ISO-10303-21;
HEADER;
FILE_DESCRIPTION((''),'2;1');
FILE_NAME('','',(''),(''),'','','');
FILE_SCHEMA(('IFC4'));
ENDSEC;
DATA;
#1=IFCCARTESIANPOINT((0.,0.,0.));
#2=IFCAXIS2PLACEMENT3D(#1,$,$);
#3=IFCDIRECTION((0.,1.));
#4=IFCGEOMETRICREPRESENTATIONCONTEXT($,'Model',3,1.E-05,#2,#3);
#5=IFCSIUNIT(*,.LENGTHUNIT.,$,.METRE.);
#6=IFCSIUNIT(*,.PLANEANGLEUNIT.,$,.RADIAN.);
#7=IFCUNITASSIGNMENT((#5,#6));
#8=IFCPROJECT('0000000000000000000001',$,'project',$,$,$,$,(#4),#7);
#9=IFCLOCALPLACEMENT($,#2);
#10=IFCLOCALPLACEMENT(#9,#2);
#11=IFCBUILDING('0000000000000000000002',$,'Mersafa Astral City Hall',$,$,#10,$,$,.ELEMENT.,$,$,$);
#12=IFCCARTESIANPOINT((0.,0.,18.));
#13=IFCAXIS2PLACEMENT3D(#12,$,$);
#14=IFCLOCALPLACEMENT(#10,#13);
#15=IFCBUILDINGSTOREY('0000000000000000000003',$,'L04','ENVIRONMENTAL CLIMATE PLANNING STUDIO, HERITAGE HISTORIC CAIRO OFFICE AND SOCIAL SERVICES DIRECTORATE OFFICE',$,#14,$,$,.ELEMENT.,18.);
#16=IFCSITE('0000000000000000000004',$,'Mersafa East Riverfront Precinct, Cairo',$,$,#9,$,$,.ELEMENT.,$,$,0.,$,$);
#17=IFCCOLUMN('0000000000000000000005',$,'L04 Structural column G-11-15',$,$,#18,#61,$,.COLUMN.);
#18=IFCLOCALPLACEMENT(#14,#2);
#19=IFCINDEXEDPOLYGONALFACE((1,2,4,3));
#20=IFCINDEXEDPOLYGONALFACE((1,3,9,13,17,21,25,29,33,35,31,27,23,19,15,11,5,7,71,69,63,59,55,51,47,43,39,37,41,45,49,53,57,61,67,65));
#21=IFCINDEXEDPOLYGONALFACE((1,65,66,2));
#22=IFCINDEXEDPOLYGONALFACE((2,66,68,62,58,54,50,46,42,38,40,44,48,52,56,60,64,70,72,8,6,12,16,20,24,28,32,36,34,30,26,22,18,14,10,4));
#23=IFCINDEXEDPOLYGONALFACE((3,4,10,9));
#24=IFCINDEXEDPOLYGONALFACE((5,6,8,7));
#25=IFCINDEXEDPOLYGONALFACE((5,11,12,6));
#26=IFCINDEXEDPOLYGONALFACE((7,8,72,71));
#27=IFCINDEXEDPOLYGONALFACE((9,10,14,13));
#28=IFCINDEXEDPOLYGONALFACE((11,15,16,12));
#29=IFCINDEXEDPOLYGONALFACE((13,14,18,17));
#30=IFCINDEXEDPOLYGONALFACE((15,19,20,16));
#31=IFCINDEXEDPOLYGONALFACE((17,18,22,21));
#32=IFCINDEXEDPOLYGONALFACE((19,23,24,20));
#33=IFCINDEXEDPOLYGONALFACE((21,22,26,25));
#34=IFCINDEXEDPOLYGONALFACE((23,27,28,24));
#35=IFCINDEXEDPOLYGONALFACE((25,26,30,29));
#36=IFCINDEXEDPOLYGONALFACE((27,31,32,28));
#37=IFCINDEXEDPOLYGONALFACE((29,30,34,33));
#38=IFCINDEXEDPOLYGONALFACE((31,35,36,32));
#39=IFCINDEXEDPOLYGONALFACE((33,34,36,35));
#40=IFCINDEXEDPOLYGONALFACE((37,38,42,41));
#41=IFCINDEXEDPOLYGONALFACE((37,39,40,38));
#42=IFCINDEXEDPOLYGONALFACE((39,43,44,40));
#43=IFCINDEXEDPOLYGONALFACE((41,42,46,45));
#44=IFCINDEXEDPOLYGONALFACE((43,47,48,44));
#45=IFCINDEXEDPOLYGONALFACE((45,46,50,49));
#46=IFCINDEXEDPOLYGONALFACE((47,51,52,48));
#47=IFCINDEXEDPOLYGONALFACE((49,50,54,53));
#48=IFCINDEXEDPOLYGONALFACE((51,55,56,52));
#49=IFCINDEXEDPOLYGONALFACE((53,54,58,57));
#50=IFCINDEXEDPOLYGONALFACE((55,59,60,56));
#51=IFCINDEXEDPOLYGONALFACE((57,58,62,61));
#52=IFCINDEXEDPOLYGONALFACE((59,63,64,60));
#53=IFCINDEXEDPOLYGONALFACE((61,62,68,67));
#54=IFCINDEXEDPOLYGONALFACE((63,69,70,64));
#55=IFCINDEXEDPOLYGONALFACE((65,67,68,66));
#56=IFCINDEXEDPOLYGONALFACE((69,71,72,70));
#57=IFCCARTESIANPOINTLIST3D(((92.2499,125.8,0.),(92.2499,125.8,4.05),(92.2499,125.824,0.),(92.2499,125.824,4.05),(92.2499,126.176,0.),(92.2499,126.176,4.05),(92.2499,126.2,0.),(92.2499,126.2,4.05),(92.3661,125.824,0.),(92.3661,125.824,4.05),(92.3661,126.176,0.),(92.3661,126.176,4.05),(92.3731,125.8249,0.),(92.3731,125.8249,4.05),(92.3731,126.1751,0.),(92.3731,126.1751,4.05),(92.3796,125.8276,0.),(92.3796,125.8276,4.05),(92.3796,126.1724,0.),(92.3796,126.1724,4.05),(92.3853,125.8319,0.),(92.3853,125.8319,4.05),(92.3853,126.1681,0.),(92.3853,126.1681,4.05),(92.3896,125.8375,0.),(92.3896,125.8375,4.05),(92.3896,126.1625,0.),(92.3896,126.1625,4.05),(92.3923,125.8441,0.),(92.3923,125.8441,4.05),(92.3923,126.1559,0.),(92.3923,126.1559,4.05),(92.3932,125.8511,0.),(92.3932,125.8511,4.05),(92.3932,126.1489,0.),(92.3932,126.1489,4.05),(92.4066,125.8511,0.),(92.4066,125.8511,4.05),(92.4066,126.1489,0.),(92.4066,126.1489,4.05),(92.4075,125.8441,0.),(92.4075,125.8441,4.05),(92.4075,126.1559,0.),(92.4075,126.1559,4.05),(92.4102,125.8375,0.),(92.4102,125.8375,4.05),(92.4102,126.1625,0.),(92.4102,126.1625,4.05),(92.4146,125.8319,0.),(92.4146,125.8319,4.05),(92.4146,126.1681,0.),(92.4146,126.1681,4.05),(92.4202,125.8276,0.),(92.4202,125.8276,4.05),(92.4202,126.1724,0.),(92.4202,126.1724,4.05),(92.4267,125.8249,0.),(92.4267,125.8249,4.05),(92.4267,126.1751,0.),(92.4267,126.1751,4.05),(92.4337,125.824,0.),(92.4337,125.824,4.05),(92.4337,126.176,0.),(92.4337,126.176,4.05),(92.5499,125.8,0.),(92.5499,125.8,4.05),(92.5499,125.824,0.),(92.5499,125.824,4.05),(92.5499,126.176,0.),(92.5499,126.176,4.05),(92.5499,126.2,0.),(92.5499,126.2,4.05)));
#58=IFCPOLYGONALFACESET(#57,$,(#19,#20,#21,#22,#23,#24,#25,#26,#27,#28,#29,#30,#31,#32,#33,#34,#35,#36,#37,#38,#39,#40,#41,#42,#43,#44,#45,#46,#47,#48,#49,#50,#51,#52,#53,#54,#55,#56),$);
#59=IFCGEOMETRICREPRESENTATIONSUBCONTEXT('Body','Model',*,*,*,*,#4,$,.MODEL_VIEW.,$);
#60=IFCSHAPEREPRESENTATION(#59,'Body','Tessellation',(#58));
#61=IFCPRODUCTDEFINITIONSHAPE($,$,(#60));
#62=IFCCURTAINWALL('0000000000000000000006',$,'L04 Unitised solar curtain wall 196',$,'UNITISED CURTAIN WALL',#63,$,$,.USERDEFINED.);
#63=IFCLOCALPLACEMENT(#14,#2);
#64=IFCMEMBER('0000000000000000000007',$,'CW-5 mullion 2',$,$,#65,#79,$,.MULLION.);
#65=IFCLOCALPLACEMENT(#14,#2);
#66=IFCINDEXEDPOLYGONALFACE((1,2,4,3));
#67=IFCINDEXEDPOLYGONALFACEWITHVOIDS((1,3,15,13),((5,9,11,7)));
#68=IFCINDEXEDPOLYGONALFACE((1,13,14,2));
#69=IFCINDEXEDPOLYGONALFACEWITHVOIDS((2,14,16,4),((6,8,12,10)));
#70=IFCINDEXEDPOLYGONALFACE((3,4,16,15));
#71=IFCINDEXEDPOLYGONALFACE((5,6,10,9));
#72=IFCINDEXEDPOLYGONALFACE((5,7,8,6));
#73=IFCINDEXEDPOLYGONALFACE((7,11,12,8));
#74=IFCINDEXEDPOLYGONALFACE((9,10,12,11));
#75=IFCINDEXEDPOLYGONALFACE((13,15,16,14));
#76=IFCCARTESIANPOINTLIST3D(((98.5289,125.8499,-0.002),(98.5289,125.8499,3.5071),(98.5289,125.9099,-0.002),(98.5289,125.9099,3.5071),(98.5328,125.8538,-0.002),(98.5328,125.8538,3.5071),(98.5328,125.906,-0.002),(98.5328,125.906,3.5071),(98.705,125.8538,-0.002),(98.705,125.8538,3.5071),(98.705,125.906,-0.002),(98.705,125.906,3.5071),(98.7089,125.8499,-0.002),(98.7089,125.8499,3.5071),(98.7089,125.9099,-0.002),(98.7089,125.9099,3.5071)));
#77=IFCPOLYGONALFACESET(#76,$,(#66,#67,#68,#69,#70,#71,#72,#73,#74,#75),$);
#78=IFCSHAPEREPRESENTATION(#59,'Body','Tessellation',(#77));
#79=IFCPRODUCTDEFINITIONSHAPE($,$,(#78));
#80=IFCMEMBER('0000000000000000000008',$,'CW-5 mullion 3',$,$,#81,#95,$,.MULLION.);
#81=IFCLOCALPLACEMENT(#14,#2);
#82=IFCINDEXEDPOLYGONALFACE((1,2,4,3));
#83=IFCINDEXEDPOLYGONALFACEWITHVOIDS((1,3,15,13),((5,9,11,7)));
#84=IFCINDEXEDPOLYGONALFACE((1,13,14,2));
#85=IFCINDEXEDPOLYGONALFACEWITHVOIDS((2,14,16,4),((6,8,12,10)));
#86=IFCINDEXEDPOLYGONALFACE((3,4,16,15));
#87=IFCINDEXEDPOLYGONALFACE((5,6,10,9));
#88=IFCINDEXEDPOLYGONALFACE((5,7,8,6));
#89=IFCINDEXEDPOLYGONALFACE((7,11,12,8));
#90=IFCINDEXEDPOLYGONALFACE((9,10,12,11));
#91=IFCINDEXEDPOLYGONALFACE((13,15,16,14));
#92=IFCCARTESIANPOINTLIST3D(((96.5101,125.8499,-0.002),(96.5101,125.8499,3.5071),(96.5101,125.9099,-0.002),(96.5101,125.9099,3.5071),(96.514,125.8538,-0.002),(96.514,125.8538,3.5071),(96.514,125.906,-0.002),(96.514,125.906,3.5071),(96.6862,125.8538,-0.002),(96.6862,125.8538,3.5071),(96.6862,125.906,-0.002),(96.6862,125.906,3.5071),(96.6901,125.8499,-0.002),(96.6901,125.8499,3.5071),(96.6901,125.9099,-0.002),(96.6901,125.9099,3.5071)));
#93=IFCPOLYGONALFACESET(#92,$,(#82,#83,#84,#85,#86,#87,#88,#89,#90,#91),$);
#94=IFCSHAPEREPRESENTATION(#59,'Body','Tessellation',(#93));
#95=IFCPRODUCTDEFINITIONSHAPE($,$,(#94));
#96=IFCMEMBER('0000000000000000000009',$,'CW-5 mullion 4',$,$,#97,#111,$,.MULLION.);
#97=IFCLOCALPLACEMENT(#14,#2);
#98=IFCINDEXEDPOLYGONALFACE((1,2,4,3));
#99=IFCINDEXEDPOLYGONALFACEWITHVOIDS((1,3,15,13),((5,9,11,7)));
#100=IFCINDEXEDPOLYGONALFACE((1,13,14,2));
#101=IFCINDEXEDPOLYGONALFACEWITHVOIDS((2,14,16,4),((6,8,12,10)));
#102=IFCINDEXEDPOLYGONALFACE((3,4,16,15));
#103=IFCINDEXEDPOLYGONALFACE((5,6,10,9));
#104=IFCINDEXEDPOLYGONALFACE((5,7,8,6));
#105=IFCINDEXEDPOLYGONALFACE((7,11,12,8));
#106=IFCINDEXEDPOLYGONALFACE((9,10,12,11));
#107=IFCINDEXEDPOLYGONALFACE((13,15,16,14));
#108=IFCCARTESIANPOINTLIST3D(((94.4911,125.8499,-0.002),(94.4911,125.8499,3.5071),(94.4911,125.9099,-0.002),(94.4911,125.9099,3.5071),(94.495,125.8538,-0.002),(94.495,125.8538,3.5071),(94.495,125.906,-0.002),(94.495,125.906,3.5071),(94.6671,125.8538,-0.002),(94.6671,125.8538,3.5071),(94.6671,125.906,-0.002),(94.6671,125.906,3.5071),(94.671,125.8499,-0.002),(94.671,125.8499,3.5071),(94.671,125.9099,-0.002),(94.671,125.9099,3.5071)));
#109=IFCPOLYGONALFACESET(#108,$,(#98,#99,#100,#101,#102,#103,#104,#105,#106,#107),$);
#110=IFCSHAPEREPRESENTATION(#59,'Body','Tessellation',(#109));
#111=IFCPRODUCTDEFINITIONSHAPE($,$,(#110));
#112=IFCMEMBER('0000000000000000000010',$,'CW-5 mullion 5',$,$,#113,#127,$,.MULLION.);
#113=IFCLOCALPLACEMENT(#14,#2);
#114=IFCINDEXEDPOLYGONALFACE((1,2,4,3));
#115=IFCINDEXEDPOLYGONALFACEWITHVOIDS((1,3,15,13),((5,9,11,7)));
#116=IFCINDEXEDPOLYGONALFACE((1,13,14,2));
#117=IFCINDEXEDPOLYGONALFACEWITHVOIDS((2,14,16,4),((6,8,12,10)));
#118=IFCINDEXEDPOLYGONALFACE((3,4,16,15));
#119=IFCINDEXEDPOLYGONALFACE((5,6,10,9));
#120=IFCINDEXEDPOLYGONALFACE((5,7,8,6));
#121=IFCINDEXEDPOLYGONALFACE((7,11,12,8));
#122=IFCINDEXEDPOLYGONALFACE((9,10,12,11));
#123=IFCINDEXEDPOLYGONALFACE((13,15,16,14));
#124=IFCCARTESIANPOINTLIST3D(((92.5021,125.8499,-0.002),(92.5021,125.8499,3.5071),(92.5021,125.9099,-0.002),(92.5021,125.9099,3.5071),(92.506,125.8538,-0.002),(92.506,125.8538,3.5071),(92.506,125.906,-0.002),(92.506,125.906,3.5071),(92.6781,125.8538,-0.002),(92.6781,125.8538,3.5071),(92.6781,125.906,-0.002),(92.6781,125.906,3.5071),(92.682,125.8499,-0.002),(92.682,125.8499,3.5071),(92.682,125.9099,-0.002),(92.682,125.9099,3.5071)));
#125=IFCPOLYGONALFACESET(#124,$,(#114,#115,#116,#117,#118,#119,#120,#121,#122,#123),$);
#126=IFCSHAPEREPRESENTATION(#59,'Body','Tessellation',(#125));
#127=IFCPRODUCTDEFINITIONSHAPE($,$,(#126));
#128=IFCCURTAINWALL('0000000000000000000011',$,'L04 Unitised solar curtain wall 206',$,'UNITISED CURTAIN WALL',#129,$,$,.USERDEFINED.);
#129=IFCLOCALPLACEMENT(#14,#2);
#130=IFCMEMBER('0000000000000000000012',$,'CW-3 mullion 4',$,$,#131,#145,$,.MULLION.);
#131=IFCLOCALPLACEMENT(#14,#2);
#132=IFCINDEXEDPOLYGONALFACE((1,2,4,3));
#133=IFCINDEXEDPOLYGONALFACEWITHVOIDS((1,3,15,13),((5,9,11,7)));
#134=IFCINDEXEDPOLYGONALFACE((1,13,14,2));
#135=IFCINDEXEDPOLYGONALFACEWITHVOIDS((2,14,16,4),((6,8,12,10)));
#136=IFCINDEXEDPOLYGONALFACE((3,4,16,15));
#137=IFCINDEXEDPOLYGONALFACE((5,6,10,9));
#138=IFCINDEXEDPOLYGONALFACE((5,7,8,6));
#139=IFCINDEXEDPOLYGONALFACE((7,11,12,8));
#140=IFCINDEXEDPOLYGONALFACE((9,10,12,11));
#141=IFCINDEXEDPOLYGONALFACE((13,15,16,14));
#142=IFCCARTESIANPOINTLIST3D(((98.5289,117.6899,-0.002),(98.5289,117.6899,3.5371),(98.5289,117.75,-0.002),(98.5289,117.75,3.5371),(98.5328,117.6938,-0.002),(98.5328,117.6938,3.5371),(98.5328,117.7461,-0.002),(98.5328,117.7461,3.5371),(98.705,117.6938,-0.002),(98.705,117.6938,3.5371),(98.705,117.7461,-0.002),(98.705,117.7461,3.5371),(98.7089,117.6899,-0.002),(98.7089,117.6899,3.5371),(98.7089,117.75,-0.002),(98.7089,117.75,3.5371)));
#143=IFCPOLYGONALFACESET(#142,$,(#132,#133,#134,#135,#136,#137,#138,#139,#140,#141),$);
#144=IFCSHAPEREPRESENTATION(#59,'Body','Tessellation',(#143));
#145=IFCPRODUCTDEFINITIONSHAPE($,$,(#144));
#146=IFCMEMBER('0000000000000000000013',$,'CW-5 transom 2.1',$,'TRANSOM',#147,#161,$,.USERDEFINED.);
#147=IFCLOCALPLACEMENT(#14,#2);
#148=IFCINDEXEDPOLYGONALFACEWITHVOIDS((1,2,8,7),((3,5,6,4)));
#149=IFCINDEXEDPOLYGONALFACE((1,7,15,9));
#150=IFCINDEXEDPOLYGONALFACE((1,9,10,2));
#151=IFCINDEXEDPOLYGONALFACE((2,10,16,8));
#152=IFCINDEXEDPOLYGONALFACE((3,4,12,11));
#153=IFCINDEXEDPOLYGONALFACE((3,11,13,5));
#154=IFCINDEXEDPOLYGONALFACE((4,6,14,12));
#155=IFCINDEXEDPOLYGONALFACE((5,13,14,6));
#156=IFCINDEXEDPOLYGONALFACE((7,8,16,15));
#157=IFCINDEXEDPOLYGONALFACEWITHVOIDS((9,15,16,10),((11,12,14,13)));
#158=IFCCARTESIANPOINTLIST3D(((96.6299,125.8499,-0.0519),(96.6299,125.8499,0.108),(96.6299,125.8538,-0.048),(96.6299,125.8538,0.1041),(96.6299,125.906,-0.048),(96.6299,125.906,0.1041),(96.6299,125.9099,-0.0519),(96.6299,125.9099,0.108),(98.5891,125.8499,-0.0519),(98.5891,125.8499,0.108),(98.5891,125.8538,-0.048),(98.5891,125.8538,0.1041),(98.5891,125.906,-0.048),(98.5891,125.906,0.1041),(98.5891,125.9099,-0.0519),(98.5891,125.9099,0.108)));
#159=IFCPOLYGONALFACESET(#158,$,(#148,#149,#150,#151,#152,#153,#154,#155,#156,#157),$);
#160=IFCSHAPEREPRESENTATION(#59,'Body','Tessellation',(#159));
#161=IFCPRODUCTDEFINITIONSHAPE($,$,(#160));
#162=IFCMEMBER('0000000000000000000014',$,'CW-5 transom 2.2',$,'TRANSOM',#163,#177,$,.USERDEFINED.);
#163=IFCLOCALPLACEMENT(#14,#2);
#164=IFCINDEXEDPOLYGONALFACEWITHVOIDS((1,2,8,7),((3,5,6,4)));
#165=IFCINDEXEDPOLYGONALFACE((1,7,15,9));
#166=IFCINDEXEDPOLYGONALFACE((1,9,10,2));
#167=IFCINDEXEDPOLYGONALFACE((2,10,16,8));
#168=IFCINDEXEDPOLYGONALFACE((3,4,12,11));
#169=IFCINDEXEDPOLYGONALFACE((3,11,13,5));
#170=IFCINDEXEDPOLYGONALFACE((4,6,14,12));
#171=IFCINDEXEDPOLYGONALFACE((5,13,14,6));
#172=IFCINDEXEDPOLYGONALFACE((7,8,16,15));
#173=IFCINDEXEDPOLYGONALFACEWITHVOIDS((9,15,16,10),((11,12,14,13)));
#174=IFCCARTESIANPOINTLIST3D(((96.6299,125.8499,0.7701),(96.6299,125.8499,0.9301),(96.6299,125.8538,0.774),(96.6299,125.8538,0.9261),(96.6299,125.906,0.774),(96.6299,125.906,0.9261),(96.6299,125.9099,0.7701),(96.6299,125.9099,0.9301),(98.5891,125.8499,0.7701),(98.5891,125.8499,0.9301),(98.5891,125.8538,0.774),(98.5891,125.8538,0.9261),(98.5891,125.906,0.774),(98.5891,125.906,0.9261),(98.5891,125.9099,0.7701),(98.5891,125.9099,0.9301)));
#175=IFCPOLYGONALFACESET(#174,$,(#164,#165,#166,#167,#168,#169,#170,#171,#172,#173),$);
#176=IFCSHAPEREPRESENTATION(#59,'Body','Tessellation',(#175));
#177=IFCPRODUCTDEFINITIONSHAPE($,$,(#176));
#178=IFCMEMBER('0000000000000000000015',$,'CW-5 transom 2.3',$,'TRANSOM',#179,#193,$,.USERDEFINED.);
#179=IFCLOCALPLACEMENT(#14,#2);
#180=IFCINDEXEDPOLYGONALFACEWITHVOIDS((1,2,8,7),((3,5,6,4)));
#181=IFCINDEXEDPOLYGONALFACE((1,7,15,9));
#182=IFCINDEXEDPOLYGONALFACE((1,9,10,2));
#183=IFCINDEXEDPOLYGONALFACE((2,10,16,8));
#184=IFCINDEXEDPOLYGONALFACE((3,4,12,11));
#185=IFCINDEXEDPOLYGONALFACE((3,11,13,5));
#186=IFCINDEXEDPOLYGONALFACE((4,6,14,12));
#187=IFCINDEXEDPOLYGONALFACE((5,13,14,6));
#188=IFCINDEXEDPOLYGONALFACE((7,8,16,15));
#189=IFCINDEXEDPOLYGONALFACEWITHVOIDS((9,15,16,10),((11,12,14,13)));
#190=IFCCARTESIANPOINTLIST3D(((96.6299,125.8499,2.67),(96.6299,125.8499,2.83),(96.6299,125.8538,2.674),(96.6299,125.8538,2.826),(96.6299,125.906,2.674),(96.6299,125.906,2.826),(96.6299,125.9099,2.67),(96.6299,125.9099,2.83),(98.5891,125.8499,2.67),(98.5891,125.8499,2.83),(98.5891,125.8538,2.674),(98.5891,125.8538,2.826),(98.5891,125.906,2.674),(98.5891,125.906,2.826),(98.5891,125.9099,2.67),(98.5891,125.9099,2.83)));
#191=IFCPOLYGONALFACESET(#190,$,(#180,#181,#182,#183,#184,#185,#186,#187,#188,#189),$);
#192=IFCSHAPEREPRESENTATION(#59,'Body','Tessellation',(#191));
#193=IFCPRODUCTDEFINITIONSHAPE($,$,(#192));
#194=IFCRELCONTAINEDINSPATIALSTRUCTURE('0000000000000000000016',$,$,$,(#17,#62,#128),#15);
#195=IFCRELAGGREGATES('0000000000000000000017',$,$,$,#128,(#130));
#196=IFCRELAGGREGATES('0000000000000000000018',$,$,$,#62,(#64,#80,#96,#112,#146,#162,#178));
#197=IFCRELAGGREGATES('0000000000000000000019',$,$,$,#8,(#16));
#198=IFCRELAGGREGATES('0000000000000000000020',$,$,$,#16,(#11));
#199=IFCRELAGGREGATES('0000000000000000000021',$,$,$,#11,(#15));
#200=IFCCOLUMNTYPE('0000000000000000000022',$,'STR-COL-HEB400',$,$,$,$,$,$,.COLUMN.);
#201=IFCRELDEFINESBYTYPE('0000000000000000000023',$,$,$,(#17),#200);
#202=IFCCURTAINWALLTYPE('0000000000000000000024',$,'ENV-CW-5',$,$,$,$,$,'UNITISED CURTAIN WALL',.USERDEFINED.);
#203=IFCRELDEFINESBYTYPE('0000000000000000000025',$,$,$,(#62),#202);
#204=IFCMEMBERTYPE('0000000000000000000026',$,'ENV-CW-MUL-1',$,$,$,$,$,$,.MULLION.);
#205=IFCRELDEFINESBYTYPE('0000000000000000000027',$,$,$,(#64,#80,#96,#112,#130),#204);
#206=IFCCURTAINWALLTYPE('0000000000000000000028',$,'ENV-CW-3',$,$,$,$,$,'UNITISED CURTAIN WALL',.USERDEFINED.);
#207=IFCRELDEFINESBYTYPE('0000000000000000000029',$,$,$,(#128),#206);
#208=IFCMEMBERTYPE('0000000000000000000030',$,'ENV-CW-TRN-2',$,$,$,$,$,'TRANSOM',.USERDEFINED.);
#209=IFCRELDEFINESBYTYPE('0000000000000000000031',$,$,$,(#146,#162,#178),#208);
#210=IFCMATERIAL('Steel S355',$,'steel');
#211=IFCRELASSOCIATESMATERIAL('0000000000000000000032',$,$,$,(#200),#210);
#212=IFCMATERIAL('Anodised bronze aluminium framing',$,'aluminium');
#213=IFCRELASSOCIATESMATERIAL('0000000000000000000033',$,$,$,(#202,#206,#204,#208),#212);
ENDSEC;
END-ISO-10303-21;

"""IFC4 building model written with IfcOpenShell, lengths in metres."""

from ifc_helpers import new_model, si_unit, direction, frame, origin, origin_2d, place, context, subcontext, project, spatial, hollow_rectangle, i_section, extrude, material, material_profile, profile_set, type_object, element, aggregate, save


model = new_model("IFC4")

# Units and contexts
model_context = context("Model", 3, precision=1e-05, world=origin(), true_north=direction((0.0, 1.0)))
body_context = subcontext(model_context, "Body", "Model", "MODEL_VIEW")
ifc_project = project(units=[si_unit("LENGTHUNIT", "METRE"), si_unit("PLANEANGLEUNIT", "RADIAN")], contexts=[model_context])

# Site, building, storey
site_placement = place(None, origin())
site = spatial("IfcSite", under=ifc_project, at=site_placement, Name="Mersafa East Riverfront Precinct, Cairo", CompositionType="ELEMENT", RefElevation=0.0)
building_placement = place(site_placement, origin())
building = spatial("IfcBuilding", under=site, at=building_placement, Name="Mersafa Astral City Hall", CompositionType="ELEMENT")
storey_placement = place(building_placement, frame((0.0, 0.0, 18.0)))
storey = spatial("IfcBuildingStorey", under=building, at=storey_placement, Name="L04", Description="ENVIRONMENTAL CLIMATE PLANNING STUDIO, HERITAGE HISTORIC CAIRO OFFICE AND SOCIAL SERVICES DIRECTORATE OFFICE", CompositionType="ELEMENT", Elevation=18.0)

# Column
ifc_material_1 = material(Name="Steel S355", Category="steel")
ifc_material_profile_1 = material_profile(ifc_material_1, i_section(OverallWidth=0.3, OverallDepth=0.3999, WebThickness=0.0134, FlangeThickness=0.0239, FilletRadius=0.0271, at=origin_2d()), Name="HEB 400")
ifc_profile_set_1 = profile_set([ifc_material_profile_1], Name="Steel S355")
column_type = type_object("IfcColumnType", Name="STR-COL-HEB400", PredefinedType="COLUMN", material=ifc_profile_set_1)
column_placement = place(storey_placement, frame((92.3999, 126.0, 0.0), z_axis=(0.0, 0.0, 1.0), x_axis=(1.0, 0.0, 0.0)))
element("IfcColumn", 1, at=column_placement, inside=storey, type_object=column_type, Name="L04 Structural column G-11-15", PredefinedType="COLUMN", context=body_context, shape_type="SweptSolid", body=[
    extrude(i_section(OverallWidth=0.3, OverallDepth=0.3999, WebThickness=0.0134, FlangeThickness=0.0239, FilletRadius=0.0271, at=origin_2d()), origin(), (0.0, 0.0, 1.0), 4.05),
])

# Curtain wall, members
ifc_material_2 = material(Name="Anodised bronze aluminium framing", Category="aluminium")
curtain_wall_type_1 = type_object("IfcCurtainWallType", Name="ENV-CW-5", ElementType="UNITISED CURTAIN WALL", PredefinedType="USERDEFINED", material=ifc_material_2)
curtain_wall_1_placement = place(storey_placement, origin())
curtain_wall_1 = element("IfcCurtainWall", 2, at=curtain_wall_1_placement, inside=storey, type_object=curtain_wall_type_1, Name="L04 Unitised solar curtain wall 196", ObjectType="UNITISED CURTAIN WALL", PredefinedType="USERDEFINED")
ifc_material_profile_2 = material_profile(ifc_material_2, hollow_rectangle(XDim=0.0601, YDim=0.1799, WallThickness=0.0039, at=origin_2d()), Name="RHS 60x180x4")
ifc_profile_set_2 = profile_set([ifc_material_profile_2], Name="Anodised bronze aluminium framing")
member_type_1 = type_object("IfcMemberType", Name="ENV-CW-MUL-1", PredefinedType="MULLION", material=ifc_profile_set_2)
member_1_placement = place(storey_placement, frame((98.6189, 125.8799, -0.002), z_axis=(0.0, 0.0, 1.0), x_axis=(0.0, -1.0, 0.0)))
member_1 = element("IfcMember", 3, at=member_1_placement, type_object=member_type_1, Name="CW-5 mullion 2", PredefinedType="MULLION", context=body_context, shape_type="SweptSolid", body=[
    extrude(hollow_rectangle(XDim=0.0601, YDim=0.1799, WallThickness=0.0039, at=origin_2d()), origin(), (0.0, 0.0, 1.0), 3.509),
])
member_2_placement = place(storey_placement, frame((96.6001, 125.8799, -0.002), z_axis=(0.0, 0.0, 1.0), x_axis=(0.0, -1.0, 0.0)))
member_2 = element("IfcMember", 4, at=member_2_placement, type_object=member_type_1, Name="CW-5 mullion 3", PredefinedType="MULLION", context=body_context, shape_type="SweptSolid", body=[
    extrude(hollow_rectangle(XDim=0.0601, YDim=0.1799, WallThickness=0.0039, at=origin_2d()), origin(), (0.0, 0.0, 1.0), 3.509),
])
member_3_placement = place(storey_placement, frame((94.5811, 125.8799, -0.002), z_axis=(0.0, 0.0, 1.0), x_axis=(0.0, -1.0, 0.0)))
member_3 = element("IfcMember", 5, at=member_3_placement, type_object=member_type_1, Name="CW-5 mullion 4", PredefinedType="MULLION", context=body_context, shape_type="SweptSolid", body=[
    extrude(hollow_rectangle(XDim=0.0601, YDim=0.1799, WallThickness=0.0039, at=origin_2d()), origin(), (0.0, 0.0, 1.0), 3.509),
])
member_4_placement = place(storey_placement, frame((92.592, 125.8799, -0.002), z_axis=(0.0, 0.0, 1.0), x_axis=(0.0, -1.0, 0.0)))
member_4 = element("IfcMember", 6, at=member_4_placement, type_object=member_type_1, Name="CW-5 mullion 5", PredefinedType="MULLION", context=body_context, shape_type="SweptSolid", body=[
    extrude(hollow_rectangle(XDim=0.0601, YDim=0.1799, WallThickness=0.0039, at=origin_2d()), origin(), (0.0, 0.0, 1.0), 3.509),
])

# Curtain wall, member
curtain_wall_type_2 = type_object("IfcCurtainWallType", Name="ENV-CW-3", ElementType="UNITISED CURTAIN WALL", PredefinedType="USERDEFINED", material=ifc_material_2)
curtain_wall_2_placement = place(storey_placement, origin())
curtain_wall_2 = element("IfcCurtainWall", 7, at=curtain_wall_2_placement, inside=storey, type_object=curtain_wall_type_2, Name="L04 Unitised solar curtain wall 206", ObjectType="UNITISED CURTAIN WALL", PredefinedType="USERDEFINED")
member_5_placement = place(storey_placement, frame((98.6189, 117.72, -0.002), z_axis=(0.0, 0.0, 1.0), x_axis=(0.0, 1.0, 0.0)))
member_5 = element("IfcMember", 8, at=member_5_placement, type_object=member_type_1, Name="CW-3 mullion 4", PredefinedType="MULLION", context=body_context, shape_type="SweptSolid", body=[
    extrude(hollow_rectangle(XDim=0.0601, YDim=0.1799, WallThickness=0.0039, at=origin_2d()), origin(), (0.0, 0.0, 1.0), 3.5391),
])

# Members
ifc_material_profile_3 = material_profile(ifc_material_2, hollow_rectangle(XDim=0.0601, YDim=0.1599, WallThickness=0.0039, at=origin_2d()), Name="RHS 60x160x4")
ifc_profile_set_3 = profile_set([ifc_material_profile_3], Name="Anodised bronze aluminium framing")
member_type_2 = type_object("IfcMemberType", Name="ENV-CW-TRN-2", ElementType="TRANSOM", PredefinedType="USERDEFINED", material=ifc_profile_set_3)
member_6_placement = place(storey_placement, frame((98.5891, 125.8799, 0.0281), z_axis=(-1.0, 0.0, 0.0), x_axis=(0.0, -1.0, 0.0)))
member_6 = element("IfcMember", 9, at=member_6_placement, type_object=member_type_2, Name="CW-5 transom 2.1", ObjectType="TRANSOM", PredefinedType="USERDEFINED", context=body_context, shape_type="SweptSolid", body=[
    extrude(hollow_rectangle(XDim=0.0601, YDim=0.1599, WallThickness=0.0039, at=origin_2d()), origin(), (0.0, 0.0, 1.0), 1.9592),
])
member_7_placement = place(storey_placement, frame((98.5891, 125.8799, 0.8501), z_axis=(-1.0, 0.0, 0.0), x_axis=(0.0, -1.0, 0.0)))
member_7 = element("IfcMember", 10, at=member_7_placement, type_object=member_type_2, Name="CW-5 transom 2.2", ObjectType="TRANSOM", PredefinedType="USERDEFINED", context=body_context, shape_type="SweptSolid", body=[
    extrude(hollow_rectangle(XDim=0.0601, YDim=0.1599, WallThickness=0.0039, at=origin_2d()), origin(), (0.0, 0.0, 1.0), 1.9592),
])
member_8_placement = place(storey_placement, frame((98.5891, 125.8799, 2.75), z_axis=(-1.0, 0.0, 0.0), x_axis=(0.0, -1.0, 0.0)))
member_8 = element("IfcMember", 11, at=member_8_placement, type_object=member_type_2, Name="CW-5 transom 2.3", ObjectType="TRANSOM", PredefinedType="USERDEFINED", context=body_context, shape_type="SweptSolid", body=[
    extrude(hollow_rectangle(XDim=0.0601, YDim=0.1599, WallThickness=0.0039, at=origin_2d()), origin(), (0.0, 0.0, 1.0), 1.9592),
])
aggregate(curtain_wall_2, [member_5])

aggregate(curtain_wall_1, [member_1, member_2, member_3, member_4, member_6, member_7, member_8])

save(model, "model.ifc")
